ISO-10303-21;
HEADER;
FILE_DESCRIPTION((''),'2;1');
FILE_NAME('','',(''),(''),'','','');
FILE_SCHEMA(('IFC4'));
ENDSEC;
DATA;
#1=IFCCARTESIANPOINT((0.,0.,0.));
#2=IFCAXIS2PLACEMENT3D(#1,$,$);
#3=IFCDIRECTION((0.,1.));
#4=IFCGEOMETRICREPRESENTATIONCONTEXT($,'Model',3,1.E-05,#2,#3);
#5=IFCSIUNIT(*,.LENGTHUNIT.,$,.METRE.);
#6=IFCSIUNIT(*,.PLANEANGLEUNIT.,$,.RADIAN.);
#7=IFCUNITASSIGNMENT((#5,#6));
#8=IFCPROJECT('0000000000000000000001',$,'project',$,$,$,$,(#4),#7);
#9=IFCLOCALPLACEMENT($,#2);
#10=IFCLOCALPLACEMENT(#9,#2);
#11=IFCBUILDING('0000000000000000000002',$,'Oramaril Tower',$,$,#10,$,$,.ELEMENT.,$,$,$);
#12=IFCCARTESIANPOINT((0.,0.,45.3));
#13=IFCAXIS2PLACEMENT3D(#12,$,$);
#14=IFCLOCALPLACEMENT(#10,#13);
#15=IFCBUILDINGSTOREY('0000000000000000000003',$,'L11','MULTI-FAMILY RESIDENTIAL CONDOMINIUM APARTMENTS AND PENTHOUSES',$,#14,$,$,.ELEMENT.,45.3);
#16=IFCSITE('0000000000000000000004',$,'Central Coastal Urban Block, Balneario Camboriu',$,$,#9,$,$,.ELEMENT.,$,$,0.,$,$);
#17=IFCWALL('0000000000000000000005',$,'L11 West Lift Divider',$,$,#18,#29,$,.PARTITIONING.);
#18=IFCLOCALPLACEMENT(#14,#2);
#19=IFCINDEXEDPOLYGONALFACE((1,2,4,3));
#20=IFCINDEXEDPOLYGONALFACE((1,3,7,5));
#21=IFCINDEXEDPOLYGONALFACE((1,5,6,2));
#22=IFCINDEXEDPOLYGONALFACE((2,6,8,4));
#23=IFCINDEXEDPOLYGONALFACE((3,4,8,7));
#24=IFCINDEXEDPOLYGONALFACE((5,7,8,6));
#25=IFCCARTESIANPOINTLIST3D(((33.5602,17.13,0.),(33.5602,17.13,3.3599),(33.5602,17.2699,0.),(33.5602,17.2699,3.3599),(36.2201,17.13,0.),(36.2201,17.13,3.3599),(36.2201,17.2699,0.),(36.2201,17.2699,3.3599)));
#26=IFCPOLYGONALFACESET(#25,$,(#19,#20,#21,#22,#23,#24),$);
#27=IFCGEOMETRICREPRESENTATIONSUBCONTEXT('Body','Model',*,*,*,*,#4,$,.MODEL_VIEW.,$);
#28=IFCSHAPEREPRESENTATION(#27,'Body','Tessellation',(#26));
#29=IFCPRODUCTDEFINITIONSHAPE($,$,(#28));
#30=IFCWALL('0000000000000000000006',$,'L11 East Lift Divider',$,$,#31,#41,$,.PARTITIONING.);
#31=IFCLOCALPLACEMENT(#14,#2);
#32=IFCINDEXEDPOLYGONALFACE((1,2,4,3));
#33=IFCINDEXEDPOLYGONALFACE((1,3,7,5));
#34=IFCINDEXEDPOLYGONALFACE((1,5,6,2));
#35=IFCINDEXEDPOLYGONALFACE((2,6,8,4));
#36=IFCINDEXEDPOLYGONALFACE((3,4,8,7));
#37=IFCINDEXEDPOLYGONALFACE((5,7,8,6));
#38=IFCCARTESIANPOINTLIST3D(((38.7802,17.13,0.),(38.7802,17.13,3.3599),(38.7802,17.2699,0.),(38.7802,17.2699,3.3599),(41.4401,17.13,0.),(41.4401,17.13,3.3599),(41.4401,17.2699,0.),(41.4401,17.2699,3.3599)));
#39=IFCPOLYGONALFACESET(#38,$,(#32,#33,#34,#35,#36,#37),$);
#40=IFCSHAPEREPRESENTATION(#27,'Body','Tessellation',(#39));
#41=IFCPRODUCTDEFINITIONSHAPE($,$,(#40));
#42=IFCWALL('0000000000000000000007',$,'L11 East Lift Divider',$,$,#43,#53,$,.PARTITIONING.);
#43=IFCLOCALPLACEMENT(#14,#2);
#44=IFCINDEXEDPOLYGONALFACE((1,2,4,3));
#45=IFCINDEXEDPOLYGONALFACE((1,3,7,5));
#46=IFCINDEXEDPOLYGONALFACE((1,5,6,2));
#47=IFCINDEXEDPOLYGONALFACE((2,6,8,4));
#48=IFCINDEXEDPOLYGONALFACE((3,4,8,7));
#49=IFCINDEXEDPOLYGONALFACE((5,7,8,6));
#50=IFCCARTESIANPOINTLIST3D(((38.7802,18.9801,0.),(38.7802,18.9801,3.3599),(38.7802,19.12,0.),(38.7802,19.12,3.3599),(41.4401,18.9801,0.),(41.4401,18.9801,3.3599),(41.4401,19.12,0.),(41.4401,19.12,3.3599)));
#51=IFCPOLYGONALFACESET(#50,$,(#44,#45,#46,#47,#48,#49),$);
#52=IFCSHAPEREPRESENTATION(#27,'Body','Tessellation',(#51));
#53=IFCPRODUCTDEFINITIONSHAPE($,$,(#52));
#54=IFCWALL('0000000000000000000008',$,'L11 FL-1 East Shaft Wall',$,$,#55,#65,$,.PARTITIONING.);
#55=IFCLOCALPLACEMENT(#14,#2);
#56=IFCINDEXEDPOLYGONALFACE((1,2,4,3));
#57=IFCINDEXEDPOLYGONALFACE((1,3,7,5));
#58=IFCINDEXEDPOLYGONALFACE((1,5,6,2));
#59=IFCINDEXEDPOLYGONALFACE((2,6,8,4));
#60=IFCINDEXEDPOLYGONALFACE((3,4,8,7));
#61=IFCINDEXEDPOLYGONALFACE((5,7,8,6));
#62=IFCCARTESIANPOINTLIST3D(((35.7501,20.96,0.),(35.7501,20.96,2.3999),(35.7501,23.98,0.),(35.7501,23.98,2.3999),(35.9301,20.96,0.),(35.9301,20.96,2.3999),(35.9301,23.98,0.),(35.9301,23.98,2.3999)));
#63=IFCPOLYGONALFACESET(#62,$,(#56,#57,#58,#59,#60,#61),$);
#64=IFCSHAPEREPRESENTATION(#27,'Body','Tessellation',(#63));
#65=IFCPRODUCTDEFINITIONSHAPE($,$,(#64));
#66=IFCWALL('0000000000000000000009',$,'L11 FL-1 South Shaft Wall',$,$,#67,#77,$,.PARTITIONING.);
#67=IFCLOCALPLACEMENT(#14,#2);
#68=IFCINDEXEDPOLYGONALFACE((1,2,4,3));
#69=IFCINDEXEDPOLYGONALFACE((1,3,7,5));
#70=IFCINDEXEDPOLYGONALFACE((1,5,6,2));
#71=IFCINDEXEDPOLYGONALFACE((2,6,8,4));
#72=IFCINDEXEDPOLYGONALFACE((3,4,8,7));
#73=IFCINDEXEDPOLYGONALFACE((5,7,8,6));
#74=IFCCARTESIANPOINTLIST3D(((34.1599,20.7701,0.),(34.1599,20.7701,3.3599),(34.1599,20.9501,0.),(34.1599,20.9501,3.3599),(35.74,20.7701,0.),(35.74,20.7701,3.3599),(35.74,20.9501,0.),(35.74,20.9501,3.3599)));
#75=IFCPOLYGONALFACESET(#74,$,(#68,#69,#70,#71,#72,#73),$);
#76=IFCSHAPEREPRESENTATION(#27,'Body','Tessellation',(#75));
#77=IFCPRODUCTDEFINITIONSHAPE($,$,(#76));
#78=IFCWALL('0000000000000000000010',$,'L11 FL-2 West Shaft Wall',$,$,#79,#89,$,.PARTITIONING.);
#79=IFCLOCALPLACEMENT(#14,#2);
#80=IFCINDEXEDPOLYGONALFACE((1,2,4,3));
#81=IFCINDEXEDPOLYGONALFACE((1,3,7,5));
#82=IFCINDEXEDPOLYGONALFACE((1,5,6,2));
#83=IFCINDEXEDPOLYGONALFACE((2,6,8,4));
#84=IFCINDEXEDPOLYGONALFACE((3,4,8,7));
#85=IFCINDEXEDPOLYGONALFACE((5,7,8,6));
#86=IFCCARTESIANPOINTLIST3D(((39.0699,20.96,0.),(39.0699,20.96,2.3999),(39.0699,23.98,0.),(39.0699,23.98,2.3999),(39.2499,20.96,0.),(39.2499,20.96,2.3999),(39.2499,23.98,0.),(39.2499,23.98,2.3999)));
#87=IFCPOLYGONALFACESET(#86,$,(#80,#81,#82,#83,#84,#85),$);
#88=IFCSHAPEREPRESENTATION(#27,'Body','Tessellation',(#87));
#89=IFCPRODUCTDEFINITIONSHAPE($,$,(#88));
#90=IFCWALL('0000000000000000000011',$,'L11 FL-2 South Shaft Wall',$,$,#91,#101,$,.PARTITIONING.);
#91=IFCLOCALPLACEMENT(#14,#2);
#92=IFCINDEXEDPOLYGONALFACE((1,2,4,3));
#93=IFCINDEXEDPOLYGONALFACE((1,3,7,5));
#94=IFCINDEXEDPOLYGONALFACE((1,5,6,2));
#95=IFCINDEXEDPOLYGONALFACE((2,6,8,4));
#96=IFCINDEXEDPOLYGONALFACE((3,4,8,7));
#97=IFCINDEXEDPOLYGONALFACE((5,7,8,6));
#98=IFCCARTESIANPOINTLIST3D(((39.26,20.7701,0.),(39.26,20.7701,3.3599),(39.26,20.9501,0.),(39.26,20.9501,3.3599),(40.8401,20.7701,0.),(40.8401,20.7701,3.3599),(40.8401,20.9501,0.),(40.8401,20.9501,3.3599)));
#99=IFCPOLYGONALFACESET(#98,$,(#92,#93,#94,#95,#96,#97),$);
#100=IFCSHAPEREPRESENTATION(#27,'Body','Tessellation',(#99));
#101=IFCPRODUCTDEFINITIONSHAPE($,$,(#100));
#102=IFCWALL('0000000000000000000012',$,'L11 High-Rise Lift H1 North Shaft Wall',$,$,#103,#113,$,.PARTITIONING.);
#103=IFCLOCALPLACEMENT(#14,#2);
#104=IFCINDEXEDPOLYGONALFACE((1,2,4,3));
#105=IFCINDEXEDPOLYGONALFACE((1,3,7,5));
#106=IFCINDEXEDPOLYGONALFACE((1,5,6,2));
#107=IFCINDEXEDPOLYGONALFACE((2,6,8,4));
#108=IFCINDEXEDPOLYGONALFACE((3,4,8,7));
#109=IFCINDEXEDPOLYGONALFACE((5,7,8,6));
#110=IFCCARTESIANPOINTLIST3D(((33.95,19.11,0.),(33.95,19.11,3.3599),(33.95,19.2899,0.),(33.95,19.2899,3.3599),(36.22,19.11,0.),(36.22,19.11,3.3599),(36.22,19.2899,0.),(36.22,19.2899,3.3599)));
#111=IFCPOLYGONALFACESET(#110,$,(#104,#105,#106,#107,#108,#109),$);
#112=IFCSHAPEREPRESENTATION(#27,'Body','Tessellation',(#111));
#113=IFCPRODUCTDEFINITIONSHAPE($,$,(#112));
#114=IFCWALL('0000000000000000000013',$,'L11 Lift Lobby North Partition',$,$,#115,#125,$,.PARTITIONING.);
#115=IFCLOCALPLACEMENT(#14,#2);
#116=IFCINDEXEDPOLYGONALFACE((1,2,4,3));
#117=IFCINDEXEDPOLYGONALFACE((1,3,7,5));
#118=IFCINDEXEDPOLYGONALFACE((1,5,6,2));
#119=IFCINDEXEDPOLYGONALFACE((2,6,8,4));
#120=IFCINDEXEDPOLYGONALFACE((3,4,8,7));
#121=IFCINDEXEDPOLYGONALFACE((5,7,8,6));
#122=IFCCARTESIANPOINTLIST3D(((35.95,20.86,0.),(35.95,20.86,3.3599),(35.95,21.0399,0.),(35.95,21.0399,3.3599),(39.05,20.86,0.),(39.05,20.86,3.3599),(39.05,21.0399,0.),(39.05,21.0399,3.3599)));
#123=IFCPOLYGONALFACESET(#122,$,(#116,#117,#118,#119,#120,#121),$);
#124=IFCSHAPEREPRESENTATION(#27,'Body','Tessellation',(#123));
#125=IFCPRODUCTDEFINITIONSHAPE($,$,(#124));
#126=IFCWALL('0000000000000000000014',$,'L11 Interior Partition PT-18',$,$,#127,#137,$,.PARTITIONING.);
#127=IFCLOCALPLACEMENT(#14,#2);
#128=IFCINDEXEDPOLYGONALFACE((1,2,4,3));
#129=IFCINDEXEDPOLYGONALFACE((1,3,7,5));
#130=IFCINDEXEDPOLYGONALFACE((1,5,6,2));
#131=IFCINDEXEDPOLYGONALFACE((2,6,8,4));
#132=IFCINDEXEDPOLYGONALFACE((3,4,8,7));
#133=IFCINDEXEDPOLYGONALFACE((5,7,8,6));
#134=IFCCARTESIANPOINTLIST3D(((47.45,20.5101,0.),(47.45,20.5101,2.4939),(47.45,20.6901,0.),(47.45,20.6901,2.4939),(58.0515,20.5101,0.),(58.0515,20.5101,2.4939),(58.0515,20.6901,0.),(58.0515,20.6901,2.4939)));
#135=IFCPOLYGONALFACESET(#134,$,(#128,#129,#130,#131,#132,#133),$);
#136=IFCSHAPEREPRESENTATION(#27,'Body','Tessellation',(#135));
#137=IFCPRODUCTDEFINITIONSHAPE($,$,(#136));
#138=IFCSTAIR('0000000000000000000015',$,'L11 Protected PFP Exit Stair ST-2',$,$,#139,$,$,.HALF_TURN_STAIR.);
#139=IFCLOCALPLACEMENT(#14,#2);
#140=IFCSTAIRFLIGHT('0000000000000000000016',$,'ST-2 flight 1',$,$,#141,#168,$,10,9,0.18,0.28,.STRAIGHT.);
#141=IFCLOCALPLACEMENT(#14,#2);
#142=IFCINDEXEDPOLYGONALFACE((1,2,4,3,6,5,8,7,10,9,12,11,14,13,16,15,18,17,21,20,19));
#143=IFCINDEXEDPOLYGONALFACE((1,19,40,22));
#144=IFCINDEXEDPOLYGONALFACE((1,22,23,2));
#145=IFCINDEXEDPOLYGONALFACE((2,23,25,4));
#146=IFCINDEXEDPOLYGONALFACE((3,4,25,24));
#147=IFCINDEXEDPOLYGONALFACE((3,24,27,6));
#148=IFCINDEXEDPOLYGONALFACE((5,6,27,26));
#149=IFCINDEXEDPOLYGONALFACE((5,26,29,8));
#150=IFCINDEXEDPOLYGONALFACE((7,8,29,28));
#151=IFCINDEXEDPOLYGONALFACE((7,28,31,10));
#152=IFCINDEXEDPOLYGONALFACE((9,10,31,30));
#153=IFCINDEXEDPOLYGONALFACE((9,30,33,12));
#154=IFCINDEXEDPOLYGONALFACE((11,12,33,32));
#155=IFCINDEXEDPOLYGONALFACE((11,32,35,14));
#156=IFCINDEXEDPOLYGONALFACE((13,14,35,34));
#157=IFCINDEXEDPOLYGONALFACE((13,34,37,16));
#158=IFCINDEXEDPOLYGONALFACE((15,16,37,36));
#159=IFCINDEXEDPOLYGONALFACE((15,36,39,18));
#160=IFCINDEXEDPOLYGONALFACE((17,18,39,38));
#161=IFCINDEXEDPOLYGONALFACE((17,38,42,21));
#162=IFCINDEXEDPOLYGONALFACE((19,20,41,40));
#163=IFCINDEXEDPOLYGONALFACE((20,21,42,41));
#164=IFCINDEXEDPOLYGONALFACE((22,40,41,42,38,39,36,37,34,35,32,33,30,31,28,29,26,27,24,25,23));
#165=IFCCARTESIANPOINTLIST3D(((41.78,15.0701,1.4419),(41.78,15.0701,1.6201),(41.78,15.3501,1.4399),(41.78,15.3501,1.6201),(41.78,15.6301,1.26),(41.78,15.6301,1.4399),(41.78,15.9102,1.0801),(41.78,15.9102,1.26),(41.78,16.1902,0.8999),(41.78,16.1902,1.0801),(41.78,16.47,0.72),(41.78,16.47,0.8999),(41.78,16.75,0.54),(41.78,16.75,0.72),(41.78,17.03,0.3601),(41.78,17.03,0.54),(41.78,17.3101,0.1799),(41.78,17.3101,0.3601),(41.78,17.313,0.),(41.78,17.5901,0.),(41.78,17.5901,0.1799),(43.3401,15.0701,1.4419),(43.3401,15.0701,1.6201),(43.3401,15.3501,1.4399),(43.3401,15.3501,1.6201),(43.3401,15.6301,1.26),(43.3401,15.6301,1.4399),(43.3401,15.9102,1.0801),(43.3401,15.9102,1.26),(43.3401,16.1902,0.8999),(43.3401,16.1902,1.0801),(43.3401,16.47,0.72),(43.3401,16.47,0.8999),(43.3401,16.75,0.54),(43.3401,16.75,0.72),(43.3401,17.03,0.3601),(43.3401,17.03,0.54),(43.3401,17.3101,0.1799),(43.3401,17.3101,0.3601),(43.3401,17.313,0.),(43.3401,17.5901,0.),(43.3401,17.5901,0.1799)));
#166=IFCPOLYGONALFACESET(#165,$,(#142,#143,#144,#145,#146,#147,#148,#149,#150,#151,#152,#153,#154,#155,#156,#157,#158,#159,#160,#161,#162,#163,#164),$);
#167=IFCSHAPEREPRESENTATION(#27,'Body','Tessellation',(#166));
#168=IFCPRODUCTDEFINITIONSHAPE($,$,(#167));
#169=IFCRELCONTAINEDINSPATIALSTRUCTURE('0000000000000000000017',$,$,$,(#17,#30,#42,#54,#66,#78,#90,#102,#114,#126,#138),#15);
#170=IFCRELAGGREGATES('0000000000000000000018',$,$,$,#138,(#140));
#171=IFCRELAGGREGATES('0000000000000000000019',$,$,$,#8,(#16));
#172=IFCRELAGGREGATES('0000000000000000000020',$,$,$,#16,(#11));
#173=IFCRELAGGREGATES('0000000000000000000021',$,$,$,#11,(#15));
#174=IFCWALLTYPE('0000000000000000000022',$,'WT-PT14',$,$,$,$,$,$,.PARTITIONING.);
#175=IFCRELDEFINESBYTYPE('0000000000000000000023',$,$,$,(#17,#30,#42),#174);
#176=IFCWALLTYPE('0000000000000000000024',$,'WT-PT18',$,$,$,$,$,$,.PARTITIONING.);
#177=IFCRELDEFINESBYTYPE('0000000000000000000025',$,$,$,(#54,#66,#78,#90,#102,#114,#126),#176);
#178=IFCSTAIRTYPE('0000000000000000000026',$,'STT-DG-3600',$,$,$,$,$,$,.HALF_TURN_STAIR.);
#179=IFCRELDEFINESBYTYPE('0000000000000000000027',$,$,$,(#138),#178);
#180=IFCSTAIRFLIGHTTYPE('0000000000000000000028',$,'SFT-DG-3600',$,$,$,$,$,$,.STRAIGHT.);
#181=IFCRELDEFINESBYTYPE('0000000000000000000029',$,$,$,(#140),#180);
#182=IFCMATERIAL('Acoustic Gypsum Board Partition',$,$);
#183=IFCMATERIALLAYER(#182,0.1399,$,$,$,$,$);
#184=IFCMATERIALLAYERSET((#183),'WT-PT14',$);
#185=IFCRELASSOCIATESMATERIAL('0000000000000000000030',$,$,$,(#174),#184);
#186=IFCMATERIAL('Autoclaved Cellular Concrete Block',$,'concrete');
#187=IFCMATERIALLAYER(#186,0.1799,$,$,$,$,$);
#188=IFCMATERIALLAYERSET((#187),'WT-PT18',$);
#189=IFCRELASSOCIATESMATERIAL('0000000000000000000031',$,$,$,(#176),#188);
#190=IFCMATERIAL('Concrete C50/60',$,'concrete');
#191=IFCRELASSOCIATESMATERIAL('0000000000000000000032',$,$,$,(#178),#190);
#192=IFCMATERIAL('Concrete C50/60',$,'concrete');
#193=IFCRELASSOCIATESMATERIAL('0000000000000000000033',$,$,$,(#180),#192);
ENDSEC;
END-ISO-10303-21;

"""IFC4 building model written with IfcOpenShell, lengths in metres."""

from ifc_helpers import new_model, si_unit, direction, frame, frame_2d, origin, place, context, subcontext, project, spatial, polyline, rectangle, outline, extrude, material, layer, layer_set, type_object, element, aggregate, save


model = new_model("IFC4")

# Units and contexts
model_context = context("Model", 3, precision=1e-05, world=origin(), true_north=direction((0.0, 1.0)))
body_context = subcontext(model_context, "Body", "Model", "MODEL_VIEW")
ifc_project = project(units=[si_unit("LENGTHUNIT", "METRE"), si_unit("PLANEANGLEUNIT", "RADIAN")], contexts=[model_context])

# Site, building, storey
site_placement = place(None, origin())
site = spatial("IfcSite", under=ifc_project, at=site_placement, Name="Central Coastal Urban Block, Balneario Camboriu", CompositionType="ELEMENT", RefElevation=0.0)
building_placement = place(site_placement, origin())
building = spatial("IfcBuilding", under=site, at=building_placement, Name="Oramaril Tower", CompositionType="ELEMENT")
storey_placement = place(building_placement, frame((0.0, 0.0, 45.3)))
storey = spatial("IfcBuildingStorey", under=building, at=storey_placement, Name="L11", Description="MULTI-FAMILY RESIDENTIAL CONDOMINIUM APARTMENTS AND PENTHOUSES", CompositionType="ELEMENT", Elevation=45.3)

# Walls
ifc_material_1 = material(Name="Acoustic Gypsum Board Partition")
ifc_layer_1 = layer(ifc_material_1, 0.1399)
ifc_layer_set_1 = layer_set([ifc_layer_1], Name="WT-PT14")
wall_type_1 = type_object("IfcWallType", Name="WT-PT14", PredefinedType="PARTITIONING", material=ifc_layer_set_1)
for number, where, z_axis, x_axis, name in (
    (1, (33.5601, 17.2, 0.0), (0.0, 0.0, 1.0), (1.0, 0.0, 0.0), "L11 West Lift Divider"),
    (2, (38.78, 17.2, 0.0), (0.0, 0.0, 1.0), (1.0, 0.0, 0.0), "L11 East Lift Divider"),
    (3, (38.78, 19.05, 0.0), (0.0, 0.0, 1.0), (1.0, 0.0, 0.0), "L11 East Lift Divider"),
):
    element("IfcWall", number, at=place(storey_placement, frame(where, z_axis=z_axis, x_axis=x_axis)), inside=storey, type_object=wall_type_1, Name=name, PredefinedType="PARTITIONING", context=body_context, shape_type="SweptSolid", body=[
        extrude(rectangle(XDim=2.6599, YDim=0.1399, at=frame_2d((1.3301, 0.0))), origin(), (0.0, 0.0, 1.0), 3.3599),
    ])
ifc_material_2 = material(Name="Autoclaved Cellular Concrete Block", Category="concrete")
ifc_layer_2 = layer(ifc_material_2, 0.1799)
ifc_layer_set_2 = layer_set([ifc_layer_2], Name="WT-PT18")
wall_type_2 = type_object("IfcWallType", Name="WT-PT18", PredefinedType="PARTITIONING", material=ifc_layer_set_2)
wall_1_placement = place(storey_placement, frame((35.8401, 20.96, 0.0), z_axis=(0.0, 0.0, 1.0), x_axis=(0.0, 1.0, 0.0)))
element("IfcWall", 4, at=wall_1_placement, inside=storey, type_object=wall_type_2, Name="L11 FL-1 East Shaft Wall", PredefinedType="PARTITIONING", context=body_context, shape_type="SweptSolid", body=[
    extrude(rectangle(XDim=3.02, YDim=0.1799, at=frame_2d((1.51, 0.0))), origin(), (0.0, 0.0, 1.0), 2.3999),
])
wall_2_placement = place(storey_placement, frame((34.1599, 20.8601, 0.0), z_axis=(0.0, 0.0, 1.0), x_axis=(1.0, 0.0, 0.0)))
element("IfcWall", 5, at=wall_2_placement, inside=storey, type_object=wall_type_2, Name="L11 FL-1 South Shaft Wall", PredefinedType="PARTITIONING", context=body_context, shape_type="SweptSolid", body=[
    extrude(rectangle(XDim=1.5801, YDim=0.1799, at=frame_2d((0.79, 0.0))), origin(), (0.0, 0.0, 1.0), 3.3599),
])
wall_3_placement = place(storey_placement, frame((39.1599, 20.96, 0.0), z_axis=(0.0, 0.0, 1.0), x_axis=(0.0, 1.0, 0.0)))
element("IfcWall", 6, at=wall_3_placement, inside=storey, type_object=wall_type_2, Name="L11 FL-2 West Shaft Wall", PredefinedType="PARTITIONING", context=body_context, shape_type="SweptSolid", body=[
    extrude(rectangle(XDim=3.02, YDim=0.1799, at=frame_2d((1.51, 0.0))), origin(), (0.0, 0.0, 1.0), 2.3999),
])
wall_4_placement = place(storey_placement, frame((39.26, 20.8601, 0.0), z_axis=(0.0, 0.0, 1.0), x_axis=(1.0, 0.0, 0.0)))
element("IfcWall", 7, at=wall_4_placement, inside=storey, type_object=wall_type_2, Name="L11 FL-2 South Shaft Wall", PredefinedType="PARTITIONING", context=body_context, shape_type="SweptSolid", body=[
    extrude(rectangle(XDim=1.5801, YDim=0.1799, at=frame_2d((0.79, 0.0))), origin(), (0.0, 0.0, 1.0), 3.3599),
])
wall_5_placement = place(storey_placement, frame((33.95, 19.2, 0.0), z_axis=(0.0, 0.0, 1.0), x_axis=(1.0, 0.0, 0.0)))
element("IfcWall", 8, at=wall_5_placement, inside=storey, type_object=wall_type_2, Name="L11 High-Rise Lift H1 North Shaft Wall", PredefinedType="PARTITIONING", context=body_context, shape_type="SweptSolid", body=[
    extrude(rectangle(XDim=2.27, YDim=0.1799, at=frame_2d((1.135, 0.0))), origin(), (0.0, 0.0, 1.0), 3.3599),
])
wall_6_placement = place(storey_placement, frame((35.95, 20.95, 0.0), z_axis=(0.0, 0.0, 1.0), x_axis=(1.0, 0.0, 0.0)))
element("IfcWall", 9, at=wall_6_placement, inside=storey, type_object=wall_type_2, Name="L11 Lift Lobby North Partition", PredefinedType="PARTITIONING", context=body_context, shape_type="SweptSolid", body=[
    extrude(rectangle(XDim=3.1001, YDim=0.1799, at=frame_2d((1.55, 0.0))), origin(), (0.0, 0.0, 1.0), 3.3599),
])
wall_7_placement = place(storey_placement, frame((47.45, 20.6001, 0.0), z_axis=(0.0, 0.0, 1.0), x_axis=(1.0, 0.0, 0.0)))
element("IfcWall", 10, at=wall_7_placement, inside=storey, type_object=wall_type_2, Name="L11 Interior Partition PT-18", PredefinedType="PARTITIONING", context=body_context, shape_type="SweptSolid", body=[
    extrude(rectangle(XDim=10.6016, YDim=0.1799, at=frame_2d((5.3008, 0.0))), origin(), (0.0, 0.0, 1.0), 2.4939),
])

# Stair, stair flight
ifc_material_3 = material(Name="Concrete C50/60", Category="concrete")
stair_type = type_object("IfcStairType", Name="STT-DG-3600", PredefinedType="HALF_TURN_STAIR", material=ifc_material_3)
stair_placement = place(storey_placement, origin())
stair = element("IfcStair", 11, at=stair_placement, inside=storey, type_object=stair_type, Name="L11 Protected PFP Exit Stair ST-2", PredefinedType="HALF_TURN_STAIR")
ifc_material_4 = material(Name="Concrete C50/60", Category="concrete")
stair_flight_type = type_object("IfcStairFlightType", Name="SFT-DG-3600", PredefinedType="STRAIGHT", material=ifc_material_4)
stair_flight_placement = place(storey_placement, frame((42.5601, 17.5901, 0.0), z_axis=(0.0, 0.0, 1.0), x_axis=(0.0, -1.0, 0.0)))
stair_flight = element("IfcStairFlight", 12, at=stair_flight_placement, type_object=stair_flight_type, Name="ST-2 flight 1", NumberOfRisers=10, NumberOfTreads=9, PredefinedType="STRAIGHT", RiserHeight=0.18, TreadLength=0.28, context=body_context, shape_type="SweptSolid", body=[
    extrude(outline(polyline([(0.0, 0.0), (0.0, 0.1799), (0.28, 0.1799), (0.28, 0.3601), (0.5601, 0.3601), (0.5601, 0.54), (0.8401, 0.54), (0.8401, 0.72), (1.1201, 0.72), (1.1201, 0.8999), (1.3999, 0.8999), (1.3999, 1.0801), (1.6799, 1.0801), (1.6799, 1.26), (1.96, 1.26), (1.96, 1.4399), (2.24, 1.4399), (2.24, 1.6201), (2.52, 1.6201), (2.52, 1.8), (2.52, 1.4419), (0.2771, 0.0), (0.0, 0.0)])), frame((0.0, 0.78, 0.0), z_axis=(0.0, -1.0, 0.0), x_axis=(1.0, 0.0, 0.0)), (0.0, 0.0, 1.0), 1.5601),
])
aggregate(stair, [stair_flight])

save(model, "model.ifc")
